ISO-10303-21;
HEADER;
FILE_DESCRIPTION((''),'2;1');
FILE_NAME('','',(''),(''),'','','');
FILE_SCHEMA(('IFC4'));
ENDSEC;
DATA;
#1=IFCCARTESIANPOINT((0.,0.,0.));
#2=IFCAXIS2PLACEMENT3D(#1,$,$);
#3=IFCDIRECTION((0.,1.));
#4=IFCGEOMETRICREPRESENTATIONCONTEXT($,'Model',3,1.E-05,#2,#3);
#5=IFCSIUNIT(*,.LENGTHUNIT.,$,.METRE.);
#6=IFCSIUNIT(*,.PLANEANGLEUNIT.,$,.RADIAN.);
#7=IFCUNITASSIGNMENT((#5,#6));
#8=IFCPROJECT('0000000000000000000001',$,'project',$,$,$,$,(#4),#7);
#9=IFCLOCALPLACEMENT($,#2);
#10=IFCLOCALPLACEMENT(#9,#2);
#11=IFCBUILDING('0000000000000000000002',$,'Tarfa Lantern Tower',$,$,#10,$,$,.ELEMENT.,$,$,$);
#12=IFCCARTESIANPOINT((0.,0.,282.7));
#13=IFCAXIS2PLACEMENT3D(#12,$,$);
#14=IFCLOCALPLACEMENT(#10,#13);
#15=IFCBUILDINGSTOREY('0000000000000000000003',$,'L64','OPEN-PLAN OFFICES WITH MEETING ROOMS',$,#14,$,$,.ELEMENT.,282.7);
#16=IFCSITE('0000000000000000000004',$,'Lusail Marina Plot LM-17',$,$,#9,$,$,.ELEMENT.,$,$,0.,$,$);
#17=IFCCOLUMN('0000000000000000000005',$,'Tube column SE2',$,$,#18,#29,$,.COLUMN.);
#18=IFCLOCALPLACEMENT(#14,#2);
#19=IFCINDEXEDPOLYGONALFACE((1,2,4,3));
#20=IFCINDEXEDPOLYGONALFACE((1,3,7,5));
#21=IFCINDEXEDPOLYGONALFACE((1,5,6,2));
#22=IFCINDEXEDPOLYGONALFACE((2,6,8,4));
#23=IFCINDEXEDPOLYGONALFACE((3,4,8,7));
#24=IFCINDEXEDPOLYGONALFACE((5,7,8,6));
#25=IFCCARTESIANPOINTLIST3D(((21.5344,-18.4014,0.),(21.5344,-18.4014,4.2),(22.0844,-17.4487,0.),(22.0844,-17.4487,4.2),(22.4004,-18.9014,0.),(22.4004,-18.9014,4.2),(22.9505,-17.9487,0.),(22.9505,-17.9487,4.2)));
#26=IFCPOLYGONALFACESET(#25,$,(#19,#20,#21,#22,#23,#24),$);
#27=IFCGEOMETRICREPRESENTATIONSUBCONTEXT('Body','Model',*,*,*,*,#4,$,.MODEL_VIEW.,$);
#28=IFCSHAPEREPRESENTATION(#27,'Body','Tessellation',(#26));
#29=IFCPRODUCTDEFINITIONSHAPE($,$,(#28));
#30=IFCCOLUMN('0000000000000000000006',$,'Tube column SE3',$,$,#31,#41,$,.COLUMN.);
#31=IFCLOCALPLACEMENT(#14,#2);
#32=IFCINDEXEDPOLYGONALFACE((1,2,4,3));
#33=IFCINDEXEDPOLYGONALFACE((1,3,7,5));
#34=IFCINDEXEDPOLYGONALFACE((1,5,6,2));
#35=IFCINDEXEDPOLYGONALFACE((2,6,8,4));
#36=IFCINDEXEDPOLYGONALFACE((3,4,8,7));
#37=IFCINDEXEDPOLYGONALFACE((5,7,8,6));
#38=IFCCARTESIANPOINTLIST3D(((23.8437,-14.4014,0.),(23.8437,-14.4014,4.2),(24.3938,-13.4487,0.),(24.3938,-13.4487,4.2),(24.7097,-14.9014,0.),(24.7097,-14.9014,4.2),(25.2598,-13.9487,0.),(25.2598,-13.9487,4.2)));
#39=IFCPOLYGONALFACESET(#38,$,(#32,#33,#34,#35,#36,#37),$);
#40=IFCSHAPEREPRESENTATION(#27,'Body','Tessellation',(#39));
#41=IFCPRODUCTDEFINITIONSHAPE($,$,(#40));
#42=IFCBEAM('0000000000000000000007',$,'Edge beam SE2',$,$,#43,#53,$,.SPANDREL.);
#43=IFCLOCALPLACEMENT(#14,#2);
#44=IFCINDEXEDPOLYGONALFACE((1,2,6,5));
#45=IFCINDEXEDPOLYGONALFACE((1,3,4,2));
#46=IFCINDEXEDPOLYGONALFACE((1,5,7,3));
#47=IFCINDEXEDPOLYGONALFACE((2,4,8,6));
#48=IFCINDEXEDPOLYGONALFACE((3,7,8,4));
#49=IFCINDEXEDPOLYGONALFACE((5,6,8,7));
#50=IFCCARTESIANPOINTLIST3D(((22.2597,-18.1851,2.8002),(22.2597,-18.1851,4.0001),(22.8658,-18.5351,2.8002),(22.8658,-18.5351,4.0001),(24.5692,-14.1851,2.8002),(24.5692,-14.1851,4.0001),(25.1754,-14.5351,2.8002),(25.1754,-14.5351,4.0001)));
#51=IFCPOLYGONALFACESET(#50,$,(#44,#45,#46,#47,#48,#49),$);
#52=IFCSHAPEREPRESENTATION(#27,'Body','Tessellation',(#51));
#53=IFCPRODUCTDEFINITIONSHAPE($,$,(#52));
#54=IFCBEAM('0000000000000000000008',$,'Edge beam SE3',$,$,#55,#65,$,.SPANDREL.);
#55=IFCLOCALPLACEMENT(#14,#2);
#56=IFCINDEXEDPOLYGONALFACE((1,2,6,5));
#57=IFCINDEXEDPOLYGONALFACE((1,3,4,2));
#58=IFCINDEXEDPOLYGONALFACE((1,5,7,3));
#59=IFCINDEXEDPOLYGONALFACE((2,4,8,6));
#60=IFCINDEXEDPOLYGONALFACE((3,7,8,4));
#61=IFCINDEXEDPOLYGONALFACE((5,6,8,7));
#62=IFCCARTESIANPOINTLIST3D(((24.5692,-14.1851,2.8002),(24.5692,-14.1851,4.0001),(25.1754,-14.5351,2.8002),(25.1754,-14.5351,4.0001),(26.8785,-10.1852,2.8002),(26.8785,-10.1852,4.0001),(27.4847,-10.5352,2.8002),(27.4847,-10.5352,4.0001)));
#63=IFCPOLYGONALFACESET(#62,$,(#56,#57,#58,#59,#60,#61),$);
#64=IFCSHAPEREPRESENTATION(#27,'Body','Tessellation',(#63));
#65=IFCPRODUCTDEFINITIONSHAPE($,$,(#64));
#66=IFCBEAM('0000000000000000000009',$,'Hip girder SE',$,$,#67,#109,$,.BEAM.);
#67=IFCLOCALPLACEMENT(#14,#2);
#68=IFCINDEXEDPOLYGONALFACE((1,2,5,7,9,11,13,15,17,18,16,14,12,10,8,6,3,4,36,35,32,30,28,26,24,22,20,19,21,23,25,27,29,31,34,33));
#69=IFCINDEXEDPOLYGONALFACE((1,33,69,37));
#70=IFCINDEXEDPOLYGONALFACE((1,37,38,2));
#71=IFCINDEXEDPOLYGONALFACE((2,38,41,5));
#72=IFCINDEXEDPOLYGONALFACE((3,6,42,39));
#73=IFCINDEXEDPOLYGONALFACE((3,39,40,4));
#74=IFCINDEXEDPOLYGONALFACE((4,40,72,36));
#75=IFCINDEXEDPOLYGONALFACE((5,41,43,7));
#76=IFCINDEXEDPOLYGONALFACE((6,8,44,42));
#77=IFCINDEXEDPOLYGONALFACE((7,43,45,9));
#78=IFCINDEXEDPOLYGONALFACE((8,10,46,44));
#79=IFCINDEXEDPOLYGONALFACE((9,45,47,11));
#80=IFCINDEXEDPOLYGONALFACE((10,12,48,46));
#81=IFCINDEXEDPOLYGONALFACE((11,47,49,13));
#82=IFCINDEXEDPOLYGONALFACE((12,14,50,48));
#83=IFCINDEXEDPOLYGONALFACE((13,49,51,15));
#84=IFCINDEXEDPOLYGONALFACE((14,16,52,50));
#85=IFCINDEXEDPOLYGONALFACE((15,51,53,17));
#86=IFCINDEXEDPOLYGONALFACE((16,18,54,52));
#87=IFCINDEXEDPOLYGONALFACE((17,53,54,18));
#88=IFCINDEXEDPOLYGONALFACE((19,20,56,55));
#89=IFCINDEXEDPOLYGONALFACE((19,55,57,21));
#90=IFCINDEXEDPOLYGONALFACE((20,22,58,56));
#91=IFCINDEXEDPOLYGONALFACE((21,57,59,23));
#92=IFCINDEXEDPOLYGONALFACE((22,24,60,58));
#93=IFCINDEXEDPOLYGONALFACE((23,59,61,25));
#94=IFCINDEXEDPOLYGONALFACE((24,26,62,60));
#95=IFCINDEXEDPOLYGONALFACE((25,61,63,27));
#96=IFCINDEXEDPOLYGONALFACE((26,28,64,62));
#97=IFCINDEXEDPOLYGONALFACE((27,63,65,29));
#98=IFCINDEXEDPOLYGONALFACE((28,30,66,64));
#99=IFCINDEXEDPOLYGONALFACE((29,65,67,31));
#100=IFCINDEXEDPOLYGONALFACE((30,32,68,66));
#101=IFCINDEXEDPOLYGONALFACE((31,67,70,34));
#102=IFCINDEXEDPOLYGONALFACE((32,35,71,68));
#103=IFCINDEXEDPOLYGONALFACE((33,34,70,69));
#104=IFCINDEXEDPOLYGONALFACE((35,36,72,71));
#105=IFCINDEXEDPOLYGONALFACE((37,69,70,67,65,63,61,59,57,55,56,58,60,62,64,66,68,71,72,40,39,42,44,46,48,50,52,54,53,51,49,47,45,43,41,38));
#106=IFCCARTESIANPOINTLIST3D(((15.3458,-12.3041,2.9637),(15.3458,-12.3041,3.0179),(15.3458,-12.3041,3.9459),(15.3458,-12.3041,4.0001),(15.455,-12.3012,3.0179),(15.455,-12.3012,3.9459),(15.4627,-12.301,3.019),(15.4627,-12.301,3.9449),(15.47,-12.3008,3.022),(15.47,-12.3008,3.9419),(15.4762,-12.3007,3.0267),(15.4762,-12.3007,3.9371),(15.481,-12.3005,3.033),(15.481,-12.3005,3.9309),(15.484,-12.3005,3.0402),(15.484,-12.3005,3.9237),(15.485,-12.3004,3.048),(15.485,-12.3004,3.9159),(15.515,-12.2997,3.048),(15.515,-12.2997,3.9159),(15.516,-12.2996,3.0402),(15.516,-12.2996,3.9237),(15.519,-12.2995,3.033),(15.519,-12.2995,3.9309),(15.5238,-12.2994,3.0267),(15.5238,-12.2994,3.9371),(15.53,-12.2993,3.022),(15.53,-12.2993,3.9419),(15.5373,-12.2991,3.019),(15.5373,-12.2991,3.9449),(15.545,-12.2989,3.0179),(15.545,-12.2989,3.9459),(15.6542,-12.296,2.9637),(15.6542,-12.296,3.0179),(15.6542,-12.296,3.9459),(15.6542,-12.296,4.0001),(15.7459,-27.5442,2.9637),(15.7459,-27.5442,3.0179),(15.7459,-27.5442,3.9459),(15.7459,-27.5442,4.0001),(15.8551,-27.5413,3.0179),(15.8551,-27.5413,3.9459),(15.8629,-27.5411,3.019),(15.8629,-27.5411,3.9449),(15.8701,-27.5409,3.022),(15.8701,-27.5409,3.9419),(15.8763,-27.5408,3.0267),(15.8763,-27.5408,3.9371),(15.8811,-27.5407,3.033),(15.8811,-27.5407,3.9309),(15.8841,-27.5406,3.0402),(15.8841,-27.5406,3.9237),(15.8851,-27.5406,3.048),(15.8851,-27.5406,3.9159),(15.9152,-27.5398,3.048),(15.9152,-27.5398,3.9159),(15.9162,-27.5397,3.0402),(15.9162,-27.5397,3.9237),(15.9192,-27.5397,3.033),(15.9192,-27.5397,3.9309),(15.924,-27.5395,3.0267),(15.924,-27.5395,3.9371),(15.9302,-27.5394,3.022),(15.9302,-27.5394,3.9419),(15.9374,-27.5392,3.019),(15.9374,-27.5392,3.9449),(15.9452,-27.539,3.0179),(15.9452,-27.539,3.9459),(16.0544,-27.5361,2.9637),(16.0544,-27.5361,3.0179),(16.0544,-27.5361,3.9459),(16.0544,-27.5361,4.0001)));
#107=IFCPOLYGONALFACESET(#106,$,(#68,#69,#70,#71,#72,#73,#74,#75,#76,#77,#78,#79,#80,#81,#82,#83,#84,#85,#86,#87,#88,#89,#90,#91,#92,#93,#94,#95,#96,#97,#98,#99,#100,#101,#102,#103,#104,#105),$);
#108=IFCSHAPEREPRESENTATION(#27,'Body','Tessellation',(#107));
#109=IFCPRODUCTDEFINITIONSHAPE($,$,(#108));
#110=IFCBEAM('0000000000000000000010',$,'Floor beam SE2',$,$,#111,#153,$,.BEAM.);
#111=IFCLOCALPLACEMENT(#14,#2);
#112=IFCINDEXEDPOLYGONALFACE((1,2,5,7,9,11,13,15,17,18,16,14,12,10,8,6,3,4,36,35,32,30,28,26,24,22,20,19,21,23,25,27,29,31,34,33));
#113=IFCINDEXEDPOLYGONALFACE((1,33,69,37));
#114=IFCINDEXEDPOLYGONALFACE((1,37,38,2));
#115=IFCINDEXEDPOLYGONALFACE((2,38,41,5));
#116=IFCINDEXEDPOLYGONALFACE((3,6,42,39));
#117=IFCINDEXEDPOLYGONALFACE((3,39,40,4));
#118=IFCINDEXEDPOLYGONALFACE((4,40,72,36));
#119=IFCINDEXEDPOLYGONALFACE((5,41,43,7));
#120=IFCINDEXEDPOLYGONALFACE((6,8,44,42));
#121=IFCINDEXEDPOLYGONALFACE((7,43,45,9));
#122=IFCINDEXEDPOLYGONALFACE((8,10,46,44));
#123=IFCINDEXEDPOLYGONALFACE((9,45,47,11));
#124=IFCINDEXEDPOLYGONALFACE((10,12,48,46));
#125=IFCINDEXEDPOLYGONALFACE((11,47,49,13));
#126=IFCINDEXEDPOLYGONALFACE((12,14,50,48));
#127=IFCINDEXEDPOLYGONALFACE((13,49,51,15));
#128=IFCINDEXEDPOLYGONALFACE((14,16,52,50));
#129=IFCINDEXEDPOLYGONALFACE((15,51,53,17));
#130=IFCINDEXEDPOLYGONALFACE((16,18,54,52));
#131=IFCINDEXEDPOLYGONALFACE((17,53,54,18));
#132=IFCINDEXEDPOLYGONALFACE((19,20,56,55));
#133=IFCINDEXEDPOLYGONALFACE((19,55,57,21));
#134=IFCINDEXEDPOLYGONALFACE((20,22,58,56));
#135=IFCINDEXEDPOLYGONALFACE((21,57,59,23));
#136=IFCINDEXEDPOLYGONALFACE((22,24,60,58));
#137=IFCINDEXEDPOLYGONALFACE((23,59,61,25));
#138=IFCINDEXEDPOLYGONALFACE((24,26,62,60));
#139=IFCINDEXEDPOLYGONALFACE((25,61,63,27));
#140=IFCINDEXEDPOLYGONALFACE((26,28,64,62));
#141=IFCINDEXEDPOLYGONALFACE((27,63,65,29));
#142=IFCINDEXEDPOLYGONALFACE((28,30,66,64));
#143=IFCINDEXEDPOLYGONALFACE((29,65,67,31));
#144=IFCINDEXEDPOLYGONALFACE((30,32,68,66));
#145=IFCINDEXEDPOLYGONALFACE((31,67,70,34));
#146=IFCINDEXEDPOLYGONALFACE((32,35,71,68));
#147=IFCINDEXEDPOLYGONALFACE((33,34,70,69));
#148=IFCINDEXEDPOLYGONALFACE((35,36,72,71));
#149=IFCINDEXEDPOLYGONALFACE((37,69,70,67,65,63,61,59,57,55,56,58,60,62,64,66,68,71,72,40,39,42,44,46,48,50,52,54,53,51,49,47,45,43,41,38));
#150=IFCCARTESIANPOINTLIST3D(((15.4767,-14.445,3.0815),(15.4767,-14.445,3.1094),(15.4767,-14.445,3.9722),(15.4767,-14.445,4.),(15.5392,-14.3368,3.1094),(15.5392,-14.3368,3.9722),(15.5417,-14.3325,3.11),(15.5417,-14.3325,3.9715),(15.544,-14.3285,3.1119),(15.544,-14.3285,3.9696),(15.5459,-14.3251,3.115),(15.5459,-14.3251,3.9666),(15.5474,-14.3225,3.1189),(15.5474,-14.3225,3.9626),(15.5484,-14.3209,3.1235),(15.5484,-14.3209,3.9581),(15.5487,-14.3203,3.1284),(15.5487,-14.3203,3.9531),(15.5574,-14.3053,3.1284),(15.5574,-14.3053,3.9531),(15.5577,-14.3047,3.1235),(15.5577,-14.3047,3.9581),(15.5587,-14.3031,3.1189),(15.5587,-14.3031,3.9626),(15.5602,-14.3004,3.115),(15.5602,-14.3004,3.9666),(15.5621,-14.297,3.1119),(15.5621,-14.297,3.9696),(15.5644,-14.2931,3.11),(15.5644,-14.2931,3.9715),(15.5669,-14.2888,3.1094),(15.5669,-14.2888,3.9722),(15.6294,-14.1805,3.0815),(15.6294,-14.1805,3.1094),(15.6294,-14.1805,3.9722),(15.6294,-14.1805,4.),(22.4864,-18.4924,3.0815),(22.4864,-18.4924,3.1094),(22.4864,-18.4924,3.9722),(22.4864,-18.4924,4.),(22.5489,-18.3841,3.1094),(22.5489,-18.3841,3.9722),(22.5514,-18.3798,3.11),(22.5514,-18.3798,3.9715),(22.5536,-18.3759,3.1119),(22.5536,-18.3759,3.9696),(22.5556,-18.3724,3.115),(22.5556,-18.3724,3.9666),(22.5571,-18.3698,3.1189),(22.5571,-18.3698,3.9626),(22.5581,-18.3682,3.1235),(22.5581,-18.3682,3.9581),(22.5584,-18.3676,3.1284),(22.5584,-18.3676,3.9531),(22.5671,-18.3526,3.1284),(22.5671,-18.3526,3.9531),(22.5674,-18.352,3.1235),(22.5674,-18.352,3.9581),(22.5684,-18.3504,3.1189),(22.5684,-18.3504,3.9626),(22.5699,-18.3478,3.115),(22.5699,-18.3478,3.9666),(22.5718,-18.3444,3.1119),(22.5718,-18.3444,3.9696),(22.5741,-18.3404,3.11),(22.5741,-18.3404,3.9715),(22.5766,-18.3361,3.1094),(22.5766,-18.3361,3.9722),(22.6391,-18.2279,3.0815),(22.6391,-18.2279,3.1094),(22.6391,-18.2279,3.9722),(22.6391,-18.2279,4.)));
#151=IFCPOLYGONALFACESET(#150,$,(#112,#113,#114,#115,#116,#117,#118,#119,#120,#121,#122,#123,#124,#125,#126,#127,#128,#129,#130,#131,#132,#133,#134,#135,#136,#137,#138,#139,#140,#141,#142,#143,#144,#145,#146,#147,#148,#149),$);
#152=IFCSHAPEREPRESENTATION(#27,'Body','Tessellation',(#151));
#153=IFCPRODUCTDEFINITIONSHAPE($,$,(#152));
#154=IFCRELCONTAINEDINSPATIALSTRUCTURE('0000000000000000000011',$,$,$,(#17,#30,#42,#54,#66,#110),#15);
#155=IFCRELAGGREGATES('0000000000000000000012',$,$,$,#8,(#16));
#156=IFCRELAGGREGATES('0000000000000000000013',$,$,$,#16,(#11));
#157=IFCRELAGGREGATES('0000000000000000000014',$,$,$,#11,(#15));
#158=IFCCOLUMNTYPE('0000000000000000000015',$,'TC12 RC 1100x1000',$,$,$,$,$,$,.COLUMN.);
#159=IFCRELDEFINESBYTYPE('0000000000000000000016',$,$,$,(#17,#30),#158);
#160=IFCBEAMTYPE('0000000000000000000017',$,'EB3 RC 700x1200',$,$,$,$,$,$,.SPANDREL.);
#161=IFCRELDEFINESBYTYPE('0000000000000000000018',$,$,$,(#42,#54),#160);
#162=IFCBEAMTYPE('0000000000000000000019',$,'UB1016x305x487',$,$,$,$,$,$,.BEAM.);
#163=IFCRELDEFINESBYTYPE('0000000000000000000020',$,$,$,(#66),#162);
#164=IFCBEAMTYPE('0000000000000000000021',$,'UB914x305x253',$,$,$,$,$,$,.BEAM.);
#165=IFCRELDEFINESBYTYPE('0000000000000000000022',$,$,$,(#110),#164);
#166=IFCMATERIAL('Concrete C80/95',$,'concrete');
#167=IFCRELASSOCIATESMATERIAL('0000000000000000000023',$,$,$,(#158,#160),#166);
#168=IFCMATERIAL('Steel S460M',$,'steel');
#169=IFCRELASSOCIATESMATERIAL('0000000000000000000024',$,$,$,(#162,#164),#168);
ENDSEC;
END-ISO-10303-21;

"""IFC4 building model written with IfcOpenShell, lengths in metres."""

from ifc_helpers import new_model, si_unit, direction, frame, origin, origin_2d, place, context, subcontext, project, spatial, rectangle, i_section, extrude, material, material_profile, profile_set, type_object, element, save


model = new_model("IFC4")

# Units and contexts
model_context = context("Model", 3, precision=1e-05, world=origin(), true_north=direction((0.0, 1.0)))
body_context = subcontext(model_context, "Body", "Model", "MODEL_VIEW")
ifc_project = project(units=[si_unit("LENGTHUNIT", "METRE"), si_unit("PLANEANGLEUNIT", "RADIAN")], contexts=[model_context])

# Site, building, storey
site_placement = place(None, origin())
site = spatial("IfcSite", under=ifc_project, at=site_placement, Name="Lusail Marina Plot LM-17", CompositionType="ELEMENT", RefElevation=0.0)
building_placement = place(site_placement, origin())
building = spatial("IfcBuilding", under=site, at=building_placement, Name="Tarfa Lantern Tower", CompositionType="ELEMENT")
storey_placement = place(building_placement, frame((0.0, 0.0, 282.7)))
storey = spatial("IfcBuildingStorey", under=building, at=storey_placement, Name="L64", Description="OPEN-PLAN OFFICES WITH MEETING ROOMS", CompositionType="ELEMENT", Elevation=282.7)

# Columns
ifc_material_1 = material(Name="Concrete C80/95", Category="concrete")
ifc_material_profile_1 = material_profile(ifc_material_1, rectangle(XDim=1.1001, YDim=1.0, at=origin_2d()), Name="RC 1100x1000")
ifc_profile_set_1 = profile_set([ifc_material_profile_1], Name="Concrete C80/95")
column_type = type_object("IfcColumnType", Name="TC12 RC 1100x1000", PredefinedType="COLUMN", material=ifc_profile_set_1)
for number, where, z_axis, x_axis, name in (
    (1, (22.2424, -18.175, 0.0), (0.0, 0.0, 1.0), (0.5, 0.866025, 0.0), "Tube column SE2"),
    (2, (24.5518, -14.175, 0.0), (0.0, 0.0, 1.0), (0.5, 0.866025, 0.0), "Tube column SE3"),
):
    element("IfcColumn", number, at=place(storey_placement, frame(where, z_axis=z_axis, x_axis=x_axis)), inside=storey, type_object=column_type, Name=name, PredefinedType="COLUMN", context=body_context, shape_type="SweptSolid", body=[
        extrude(rectangle(XDim=1.1001, YDim=1.0, at=origin_2d()), origin(), (0.0, 0.0, 1.0), 4.2),
    ])

# Beams
ifc_material_profile_2 = material_profile(ifc_material_1, rectangle(XDim=0.7, YDim=1.2, at=origin_2d()), Name="RC 700x1200")
ifc_profile_set_2 = profile_set([ifc_material_profile_2], Name="Concrete C80/95")
beam_type_1 = type_object("IfcBeamType", Name="EB3 RC 700x1200", PredefinedType="SPANDREL", material=ifc_profile_set_2)
beam_1_placement = place(storey_placement, frame((22.5627, -18.3601, 3.4001), z_axis=(0.500027, 0.86601, 0.0), x_axis=(-0.86601, 0.500027, 0.0)))
element("IfcBeam", 3, at=beam_1_placement, inside=storey, type_object=beam_type_1, Name="Edge beam SE2", PredefinedType="SPANDREL", context=body_context, shape_type="SweptSolid", body=[
    extrude(rectangle(XDim=0.7, YDim=1.2, at=origin_2d()), origin(), (0.0, 0.0, 1.0), 4.6189),
])
beam_2_placement = place(storey_placement, frame((24.8723, -14.3601, 3.4001), z_axis=(0.499988, 0.866032, 0.0), x_axis=(-0.866032, 0.499988, 0.0)))
element("IfcBeam", 4, at=beam_2_placement, inside=storey, type_object=beam_type_1, Name="Edge beam SE3", PredefinedType="SPANDREL", context=body_context, shape_type="SweptSolid", body=[
    extrude(rectangle(XDim=0.7, YDim=1.2, at=origin_2d()), origin(), (0.0, 0.0, 1.0), 4.6187),
])
ifc_material_2 = material(Name="Steel S460M", Category="steel")
ifc_material_profile_3 = material_profile(ifc_material_2, i_section(OverallWidth=0.3086, OverallDepth=1.0364, WebThickness=0.03, FlangeThickness=0.0542, FilletRadius=0.03, at=origin_2d()), Name="UB1016x305x487")
ifc_profile_set_3 = profile_set([ifc_material_profile_3], Name="Steel S460M")
beam_type_2 = type_object("IfcBeamType", Name="UB1016x305x487", PredefinedType="BEAM", material=ifc_profile_set_3)
beam_3_placement = place(storey_placement, frame((15.5, -12.3, 3.4819), z_axis=(0.026247, -0.999655, 0.0), x_axis=(0.999655, 0.026247, 0.0)))
element("IfcBeam", 5, at=beam_3_placement, inside=storey, type_object=beam_type_2, Name="Hip girder SE", PredefinedType="BEAM", context=body_context, shape_type="SweptSolid", body=[
    extrude(i_section(OverallWidth=0.3086, OverallDepth=1.0364, WebThickness=0.03, FlangeThickness=0.0542, FilletRadius=0.03, at=origin_2d()), origin(), (0.0, 0.0, 1.0), 15.2454),
])
ifc_material_profile_4 = material_profile(ifc_material_2, i_section(OverallWidth=0.3054, OverallDepth=0.9185, WebThickness=0.0173, FlangeThickness=0.0278, FilletRadius=0.019, at=origin_2d()), Name="UB914x305x253")
ifc_profile_set_4 = profile_set([ifc_material_profile_4], Name="Steel S460M")
beam_type_3 = type_object("IfcBeamType", Name="UB914x305x253", PredefinedType="BEAM", material=ifc_profile_set_4)
beam_4_placement = place(storey_placement, frame((22.5627, -18.3601, 3.5408), z_axis=(-0.866011, 0.500025, 0.0), x_axis=(-0.500025, -0.866011, 0.0)))
element("IfcBeam", 6, at=beam_4_placement, inside=storey, type_object=beam_type_3, Name="Floor beam SE2", PredefinedType="BEAM", context=body_context, shape_type="SweptSolid", body=[
    extrude(i_section(OverallWidth=0.3054, OverallDepth=0.9185, WebThickness=0.0173, FlangeThickness=0.0278, FilletRadius=0.019, at=origin_2d()), origin(), (0.0, 0.0, 1.0), 8.0942),
])

save(model, "model.ifc")
